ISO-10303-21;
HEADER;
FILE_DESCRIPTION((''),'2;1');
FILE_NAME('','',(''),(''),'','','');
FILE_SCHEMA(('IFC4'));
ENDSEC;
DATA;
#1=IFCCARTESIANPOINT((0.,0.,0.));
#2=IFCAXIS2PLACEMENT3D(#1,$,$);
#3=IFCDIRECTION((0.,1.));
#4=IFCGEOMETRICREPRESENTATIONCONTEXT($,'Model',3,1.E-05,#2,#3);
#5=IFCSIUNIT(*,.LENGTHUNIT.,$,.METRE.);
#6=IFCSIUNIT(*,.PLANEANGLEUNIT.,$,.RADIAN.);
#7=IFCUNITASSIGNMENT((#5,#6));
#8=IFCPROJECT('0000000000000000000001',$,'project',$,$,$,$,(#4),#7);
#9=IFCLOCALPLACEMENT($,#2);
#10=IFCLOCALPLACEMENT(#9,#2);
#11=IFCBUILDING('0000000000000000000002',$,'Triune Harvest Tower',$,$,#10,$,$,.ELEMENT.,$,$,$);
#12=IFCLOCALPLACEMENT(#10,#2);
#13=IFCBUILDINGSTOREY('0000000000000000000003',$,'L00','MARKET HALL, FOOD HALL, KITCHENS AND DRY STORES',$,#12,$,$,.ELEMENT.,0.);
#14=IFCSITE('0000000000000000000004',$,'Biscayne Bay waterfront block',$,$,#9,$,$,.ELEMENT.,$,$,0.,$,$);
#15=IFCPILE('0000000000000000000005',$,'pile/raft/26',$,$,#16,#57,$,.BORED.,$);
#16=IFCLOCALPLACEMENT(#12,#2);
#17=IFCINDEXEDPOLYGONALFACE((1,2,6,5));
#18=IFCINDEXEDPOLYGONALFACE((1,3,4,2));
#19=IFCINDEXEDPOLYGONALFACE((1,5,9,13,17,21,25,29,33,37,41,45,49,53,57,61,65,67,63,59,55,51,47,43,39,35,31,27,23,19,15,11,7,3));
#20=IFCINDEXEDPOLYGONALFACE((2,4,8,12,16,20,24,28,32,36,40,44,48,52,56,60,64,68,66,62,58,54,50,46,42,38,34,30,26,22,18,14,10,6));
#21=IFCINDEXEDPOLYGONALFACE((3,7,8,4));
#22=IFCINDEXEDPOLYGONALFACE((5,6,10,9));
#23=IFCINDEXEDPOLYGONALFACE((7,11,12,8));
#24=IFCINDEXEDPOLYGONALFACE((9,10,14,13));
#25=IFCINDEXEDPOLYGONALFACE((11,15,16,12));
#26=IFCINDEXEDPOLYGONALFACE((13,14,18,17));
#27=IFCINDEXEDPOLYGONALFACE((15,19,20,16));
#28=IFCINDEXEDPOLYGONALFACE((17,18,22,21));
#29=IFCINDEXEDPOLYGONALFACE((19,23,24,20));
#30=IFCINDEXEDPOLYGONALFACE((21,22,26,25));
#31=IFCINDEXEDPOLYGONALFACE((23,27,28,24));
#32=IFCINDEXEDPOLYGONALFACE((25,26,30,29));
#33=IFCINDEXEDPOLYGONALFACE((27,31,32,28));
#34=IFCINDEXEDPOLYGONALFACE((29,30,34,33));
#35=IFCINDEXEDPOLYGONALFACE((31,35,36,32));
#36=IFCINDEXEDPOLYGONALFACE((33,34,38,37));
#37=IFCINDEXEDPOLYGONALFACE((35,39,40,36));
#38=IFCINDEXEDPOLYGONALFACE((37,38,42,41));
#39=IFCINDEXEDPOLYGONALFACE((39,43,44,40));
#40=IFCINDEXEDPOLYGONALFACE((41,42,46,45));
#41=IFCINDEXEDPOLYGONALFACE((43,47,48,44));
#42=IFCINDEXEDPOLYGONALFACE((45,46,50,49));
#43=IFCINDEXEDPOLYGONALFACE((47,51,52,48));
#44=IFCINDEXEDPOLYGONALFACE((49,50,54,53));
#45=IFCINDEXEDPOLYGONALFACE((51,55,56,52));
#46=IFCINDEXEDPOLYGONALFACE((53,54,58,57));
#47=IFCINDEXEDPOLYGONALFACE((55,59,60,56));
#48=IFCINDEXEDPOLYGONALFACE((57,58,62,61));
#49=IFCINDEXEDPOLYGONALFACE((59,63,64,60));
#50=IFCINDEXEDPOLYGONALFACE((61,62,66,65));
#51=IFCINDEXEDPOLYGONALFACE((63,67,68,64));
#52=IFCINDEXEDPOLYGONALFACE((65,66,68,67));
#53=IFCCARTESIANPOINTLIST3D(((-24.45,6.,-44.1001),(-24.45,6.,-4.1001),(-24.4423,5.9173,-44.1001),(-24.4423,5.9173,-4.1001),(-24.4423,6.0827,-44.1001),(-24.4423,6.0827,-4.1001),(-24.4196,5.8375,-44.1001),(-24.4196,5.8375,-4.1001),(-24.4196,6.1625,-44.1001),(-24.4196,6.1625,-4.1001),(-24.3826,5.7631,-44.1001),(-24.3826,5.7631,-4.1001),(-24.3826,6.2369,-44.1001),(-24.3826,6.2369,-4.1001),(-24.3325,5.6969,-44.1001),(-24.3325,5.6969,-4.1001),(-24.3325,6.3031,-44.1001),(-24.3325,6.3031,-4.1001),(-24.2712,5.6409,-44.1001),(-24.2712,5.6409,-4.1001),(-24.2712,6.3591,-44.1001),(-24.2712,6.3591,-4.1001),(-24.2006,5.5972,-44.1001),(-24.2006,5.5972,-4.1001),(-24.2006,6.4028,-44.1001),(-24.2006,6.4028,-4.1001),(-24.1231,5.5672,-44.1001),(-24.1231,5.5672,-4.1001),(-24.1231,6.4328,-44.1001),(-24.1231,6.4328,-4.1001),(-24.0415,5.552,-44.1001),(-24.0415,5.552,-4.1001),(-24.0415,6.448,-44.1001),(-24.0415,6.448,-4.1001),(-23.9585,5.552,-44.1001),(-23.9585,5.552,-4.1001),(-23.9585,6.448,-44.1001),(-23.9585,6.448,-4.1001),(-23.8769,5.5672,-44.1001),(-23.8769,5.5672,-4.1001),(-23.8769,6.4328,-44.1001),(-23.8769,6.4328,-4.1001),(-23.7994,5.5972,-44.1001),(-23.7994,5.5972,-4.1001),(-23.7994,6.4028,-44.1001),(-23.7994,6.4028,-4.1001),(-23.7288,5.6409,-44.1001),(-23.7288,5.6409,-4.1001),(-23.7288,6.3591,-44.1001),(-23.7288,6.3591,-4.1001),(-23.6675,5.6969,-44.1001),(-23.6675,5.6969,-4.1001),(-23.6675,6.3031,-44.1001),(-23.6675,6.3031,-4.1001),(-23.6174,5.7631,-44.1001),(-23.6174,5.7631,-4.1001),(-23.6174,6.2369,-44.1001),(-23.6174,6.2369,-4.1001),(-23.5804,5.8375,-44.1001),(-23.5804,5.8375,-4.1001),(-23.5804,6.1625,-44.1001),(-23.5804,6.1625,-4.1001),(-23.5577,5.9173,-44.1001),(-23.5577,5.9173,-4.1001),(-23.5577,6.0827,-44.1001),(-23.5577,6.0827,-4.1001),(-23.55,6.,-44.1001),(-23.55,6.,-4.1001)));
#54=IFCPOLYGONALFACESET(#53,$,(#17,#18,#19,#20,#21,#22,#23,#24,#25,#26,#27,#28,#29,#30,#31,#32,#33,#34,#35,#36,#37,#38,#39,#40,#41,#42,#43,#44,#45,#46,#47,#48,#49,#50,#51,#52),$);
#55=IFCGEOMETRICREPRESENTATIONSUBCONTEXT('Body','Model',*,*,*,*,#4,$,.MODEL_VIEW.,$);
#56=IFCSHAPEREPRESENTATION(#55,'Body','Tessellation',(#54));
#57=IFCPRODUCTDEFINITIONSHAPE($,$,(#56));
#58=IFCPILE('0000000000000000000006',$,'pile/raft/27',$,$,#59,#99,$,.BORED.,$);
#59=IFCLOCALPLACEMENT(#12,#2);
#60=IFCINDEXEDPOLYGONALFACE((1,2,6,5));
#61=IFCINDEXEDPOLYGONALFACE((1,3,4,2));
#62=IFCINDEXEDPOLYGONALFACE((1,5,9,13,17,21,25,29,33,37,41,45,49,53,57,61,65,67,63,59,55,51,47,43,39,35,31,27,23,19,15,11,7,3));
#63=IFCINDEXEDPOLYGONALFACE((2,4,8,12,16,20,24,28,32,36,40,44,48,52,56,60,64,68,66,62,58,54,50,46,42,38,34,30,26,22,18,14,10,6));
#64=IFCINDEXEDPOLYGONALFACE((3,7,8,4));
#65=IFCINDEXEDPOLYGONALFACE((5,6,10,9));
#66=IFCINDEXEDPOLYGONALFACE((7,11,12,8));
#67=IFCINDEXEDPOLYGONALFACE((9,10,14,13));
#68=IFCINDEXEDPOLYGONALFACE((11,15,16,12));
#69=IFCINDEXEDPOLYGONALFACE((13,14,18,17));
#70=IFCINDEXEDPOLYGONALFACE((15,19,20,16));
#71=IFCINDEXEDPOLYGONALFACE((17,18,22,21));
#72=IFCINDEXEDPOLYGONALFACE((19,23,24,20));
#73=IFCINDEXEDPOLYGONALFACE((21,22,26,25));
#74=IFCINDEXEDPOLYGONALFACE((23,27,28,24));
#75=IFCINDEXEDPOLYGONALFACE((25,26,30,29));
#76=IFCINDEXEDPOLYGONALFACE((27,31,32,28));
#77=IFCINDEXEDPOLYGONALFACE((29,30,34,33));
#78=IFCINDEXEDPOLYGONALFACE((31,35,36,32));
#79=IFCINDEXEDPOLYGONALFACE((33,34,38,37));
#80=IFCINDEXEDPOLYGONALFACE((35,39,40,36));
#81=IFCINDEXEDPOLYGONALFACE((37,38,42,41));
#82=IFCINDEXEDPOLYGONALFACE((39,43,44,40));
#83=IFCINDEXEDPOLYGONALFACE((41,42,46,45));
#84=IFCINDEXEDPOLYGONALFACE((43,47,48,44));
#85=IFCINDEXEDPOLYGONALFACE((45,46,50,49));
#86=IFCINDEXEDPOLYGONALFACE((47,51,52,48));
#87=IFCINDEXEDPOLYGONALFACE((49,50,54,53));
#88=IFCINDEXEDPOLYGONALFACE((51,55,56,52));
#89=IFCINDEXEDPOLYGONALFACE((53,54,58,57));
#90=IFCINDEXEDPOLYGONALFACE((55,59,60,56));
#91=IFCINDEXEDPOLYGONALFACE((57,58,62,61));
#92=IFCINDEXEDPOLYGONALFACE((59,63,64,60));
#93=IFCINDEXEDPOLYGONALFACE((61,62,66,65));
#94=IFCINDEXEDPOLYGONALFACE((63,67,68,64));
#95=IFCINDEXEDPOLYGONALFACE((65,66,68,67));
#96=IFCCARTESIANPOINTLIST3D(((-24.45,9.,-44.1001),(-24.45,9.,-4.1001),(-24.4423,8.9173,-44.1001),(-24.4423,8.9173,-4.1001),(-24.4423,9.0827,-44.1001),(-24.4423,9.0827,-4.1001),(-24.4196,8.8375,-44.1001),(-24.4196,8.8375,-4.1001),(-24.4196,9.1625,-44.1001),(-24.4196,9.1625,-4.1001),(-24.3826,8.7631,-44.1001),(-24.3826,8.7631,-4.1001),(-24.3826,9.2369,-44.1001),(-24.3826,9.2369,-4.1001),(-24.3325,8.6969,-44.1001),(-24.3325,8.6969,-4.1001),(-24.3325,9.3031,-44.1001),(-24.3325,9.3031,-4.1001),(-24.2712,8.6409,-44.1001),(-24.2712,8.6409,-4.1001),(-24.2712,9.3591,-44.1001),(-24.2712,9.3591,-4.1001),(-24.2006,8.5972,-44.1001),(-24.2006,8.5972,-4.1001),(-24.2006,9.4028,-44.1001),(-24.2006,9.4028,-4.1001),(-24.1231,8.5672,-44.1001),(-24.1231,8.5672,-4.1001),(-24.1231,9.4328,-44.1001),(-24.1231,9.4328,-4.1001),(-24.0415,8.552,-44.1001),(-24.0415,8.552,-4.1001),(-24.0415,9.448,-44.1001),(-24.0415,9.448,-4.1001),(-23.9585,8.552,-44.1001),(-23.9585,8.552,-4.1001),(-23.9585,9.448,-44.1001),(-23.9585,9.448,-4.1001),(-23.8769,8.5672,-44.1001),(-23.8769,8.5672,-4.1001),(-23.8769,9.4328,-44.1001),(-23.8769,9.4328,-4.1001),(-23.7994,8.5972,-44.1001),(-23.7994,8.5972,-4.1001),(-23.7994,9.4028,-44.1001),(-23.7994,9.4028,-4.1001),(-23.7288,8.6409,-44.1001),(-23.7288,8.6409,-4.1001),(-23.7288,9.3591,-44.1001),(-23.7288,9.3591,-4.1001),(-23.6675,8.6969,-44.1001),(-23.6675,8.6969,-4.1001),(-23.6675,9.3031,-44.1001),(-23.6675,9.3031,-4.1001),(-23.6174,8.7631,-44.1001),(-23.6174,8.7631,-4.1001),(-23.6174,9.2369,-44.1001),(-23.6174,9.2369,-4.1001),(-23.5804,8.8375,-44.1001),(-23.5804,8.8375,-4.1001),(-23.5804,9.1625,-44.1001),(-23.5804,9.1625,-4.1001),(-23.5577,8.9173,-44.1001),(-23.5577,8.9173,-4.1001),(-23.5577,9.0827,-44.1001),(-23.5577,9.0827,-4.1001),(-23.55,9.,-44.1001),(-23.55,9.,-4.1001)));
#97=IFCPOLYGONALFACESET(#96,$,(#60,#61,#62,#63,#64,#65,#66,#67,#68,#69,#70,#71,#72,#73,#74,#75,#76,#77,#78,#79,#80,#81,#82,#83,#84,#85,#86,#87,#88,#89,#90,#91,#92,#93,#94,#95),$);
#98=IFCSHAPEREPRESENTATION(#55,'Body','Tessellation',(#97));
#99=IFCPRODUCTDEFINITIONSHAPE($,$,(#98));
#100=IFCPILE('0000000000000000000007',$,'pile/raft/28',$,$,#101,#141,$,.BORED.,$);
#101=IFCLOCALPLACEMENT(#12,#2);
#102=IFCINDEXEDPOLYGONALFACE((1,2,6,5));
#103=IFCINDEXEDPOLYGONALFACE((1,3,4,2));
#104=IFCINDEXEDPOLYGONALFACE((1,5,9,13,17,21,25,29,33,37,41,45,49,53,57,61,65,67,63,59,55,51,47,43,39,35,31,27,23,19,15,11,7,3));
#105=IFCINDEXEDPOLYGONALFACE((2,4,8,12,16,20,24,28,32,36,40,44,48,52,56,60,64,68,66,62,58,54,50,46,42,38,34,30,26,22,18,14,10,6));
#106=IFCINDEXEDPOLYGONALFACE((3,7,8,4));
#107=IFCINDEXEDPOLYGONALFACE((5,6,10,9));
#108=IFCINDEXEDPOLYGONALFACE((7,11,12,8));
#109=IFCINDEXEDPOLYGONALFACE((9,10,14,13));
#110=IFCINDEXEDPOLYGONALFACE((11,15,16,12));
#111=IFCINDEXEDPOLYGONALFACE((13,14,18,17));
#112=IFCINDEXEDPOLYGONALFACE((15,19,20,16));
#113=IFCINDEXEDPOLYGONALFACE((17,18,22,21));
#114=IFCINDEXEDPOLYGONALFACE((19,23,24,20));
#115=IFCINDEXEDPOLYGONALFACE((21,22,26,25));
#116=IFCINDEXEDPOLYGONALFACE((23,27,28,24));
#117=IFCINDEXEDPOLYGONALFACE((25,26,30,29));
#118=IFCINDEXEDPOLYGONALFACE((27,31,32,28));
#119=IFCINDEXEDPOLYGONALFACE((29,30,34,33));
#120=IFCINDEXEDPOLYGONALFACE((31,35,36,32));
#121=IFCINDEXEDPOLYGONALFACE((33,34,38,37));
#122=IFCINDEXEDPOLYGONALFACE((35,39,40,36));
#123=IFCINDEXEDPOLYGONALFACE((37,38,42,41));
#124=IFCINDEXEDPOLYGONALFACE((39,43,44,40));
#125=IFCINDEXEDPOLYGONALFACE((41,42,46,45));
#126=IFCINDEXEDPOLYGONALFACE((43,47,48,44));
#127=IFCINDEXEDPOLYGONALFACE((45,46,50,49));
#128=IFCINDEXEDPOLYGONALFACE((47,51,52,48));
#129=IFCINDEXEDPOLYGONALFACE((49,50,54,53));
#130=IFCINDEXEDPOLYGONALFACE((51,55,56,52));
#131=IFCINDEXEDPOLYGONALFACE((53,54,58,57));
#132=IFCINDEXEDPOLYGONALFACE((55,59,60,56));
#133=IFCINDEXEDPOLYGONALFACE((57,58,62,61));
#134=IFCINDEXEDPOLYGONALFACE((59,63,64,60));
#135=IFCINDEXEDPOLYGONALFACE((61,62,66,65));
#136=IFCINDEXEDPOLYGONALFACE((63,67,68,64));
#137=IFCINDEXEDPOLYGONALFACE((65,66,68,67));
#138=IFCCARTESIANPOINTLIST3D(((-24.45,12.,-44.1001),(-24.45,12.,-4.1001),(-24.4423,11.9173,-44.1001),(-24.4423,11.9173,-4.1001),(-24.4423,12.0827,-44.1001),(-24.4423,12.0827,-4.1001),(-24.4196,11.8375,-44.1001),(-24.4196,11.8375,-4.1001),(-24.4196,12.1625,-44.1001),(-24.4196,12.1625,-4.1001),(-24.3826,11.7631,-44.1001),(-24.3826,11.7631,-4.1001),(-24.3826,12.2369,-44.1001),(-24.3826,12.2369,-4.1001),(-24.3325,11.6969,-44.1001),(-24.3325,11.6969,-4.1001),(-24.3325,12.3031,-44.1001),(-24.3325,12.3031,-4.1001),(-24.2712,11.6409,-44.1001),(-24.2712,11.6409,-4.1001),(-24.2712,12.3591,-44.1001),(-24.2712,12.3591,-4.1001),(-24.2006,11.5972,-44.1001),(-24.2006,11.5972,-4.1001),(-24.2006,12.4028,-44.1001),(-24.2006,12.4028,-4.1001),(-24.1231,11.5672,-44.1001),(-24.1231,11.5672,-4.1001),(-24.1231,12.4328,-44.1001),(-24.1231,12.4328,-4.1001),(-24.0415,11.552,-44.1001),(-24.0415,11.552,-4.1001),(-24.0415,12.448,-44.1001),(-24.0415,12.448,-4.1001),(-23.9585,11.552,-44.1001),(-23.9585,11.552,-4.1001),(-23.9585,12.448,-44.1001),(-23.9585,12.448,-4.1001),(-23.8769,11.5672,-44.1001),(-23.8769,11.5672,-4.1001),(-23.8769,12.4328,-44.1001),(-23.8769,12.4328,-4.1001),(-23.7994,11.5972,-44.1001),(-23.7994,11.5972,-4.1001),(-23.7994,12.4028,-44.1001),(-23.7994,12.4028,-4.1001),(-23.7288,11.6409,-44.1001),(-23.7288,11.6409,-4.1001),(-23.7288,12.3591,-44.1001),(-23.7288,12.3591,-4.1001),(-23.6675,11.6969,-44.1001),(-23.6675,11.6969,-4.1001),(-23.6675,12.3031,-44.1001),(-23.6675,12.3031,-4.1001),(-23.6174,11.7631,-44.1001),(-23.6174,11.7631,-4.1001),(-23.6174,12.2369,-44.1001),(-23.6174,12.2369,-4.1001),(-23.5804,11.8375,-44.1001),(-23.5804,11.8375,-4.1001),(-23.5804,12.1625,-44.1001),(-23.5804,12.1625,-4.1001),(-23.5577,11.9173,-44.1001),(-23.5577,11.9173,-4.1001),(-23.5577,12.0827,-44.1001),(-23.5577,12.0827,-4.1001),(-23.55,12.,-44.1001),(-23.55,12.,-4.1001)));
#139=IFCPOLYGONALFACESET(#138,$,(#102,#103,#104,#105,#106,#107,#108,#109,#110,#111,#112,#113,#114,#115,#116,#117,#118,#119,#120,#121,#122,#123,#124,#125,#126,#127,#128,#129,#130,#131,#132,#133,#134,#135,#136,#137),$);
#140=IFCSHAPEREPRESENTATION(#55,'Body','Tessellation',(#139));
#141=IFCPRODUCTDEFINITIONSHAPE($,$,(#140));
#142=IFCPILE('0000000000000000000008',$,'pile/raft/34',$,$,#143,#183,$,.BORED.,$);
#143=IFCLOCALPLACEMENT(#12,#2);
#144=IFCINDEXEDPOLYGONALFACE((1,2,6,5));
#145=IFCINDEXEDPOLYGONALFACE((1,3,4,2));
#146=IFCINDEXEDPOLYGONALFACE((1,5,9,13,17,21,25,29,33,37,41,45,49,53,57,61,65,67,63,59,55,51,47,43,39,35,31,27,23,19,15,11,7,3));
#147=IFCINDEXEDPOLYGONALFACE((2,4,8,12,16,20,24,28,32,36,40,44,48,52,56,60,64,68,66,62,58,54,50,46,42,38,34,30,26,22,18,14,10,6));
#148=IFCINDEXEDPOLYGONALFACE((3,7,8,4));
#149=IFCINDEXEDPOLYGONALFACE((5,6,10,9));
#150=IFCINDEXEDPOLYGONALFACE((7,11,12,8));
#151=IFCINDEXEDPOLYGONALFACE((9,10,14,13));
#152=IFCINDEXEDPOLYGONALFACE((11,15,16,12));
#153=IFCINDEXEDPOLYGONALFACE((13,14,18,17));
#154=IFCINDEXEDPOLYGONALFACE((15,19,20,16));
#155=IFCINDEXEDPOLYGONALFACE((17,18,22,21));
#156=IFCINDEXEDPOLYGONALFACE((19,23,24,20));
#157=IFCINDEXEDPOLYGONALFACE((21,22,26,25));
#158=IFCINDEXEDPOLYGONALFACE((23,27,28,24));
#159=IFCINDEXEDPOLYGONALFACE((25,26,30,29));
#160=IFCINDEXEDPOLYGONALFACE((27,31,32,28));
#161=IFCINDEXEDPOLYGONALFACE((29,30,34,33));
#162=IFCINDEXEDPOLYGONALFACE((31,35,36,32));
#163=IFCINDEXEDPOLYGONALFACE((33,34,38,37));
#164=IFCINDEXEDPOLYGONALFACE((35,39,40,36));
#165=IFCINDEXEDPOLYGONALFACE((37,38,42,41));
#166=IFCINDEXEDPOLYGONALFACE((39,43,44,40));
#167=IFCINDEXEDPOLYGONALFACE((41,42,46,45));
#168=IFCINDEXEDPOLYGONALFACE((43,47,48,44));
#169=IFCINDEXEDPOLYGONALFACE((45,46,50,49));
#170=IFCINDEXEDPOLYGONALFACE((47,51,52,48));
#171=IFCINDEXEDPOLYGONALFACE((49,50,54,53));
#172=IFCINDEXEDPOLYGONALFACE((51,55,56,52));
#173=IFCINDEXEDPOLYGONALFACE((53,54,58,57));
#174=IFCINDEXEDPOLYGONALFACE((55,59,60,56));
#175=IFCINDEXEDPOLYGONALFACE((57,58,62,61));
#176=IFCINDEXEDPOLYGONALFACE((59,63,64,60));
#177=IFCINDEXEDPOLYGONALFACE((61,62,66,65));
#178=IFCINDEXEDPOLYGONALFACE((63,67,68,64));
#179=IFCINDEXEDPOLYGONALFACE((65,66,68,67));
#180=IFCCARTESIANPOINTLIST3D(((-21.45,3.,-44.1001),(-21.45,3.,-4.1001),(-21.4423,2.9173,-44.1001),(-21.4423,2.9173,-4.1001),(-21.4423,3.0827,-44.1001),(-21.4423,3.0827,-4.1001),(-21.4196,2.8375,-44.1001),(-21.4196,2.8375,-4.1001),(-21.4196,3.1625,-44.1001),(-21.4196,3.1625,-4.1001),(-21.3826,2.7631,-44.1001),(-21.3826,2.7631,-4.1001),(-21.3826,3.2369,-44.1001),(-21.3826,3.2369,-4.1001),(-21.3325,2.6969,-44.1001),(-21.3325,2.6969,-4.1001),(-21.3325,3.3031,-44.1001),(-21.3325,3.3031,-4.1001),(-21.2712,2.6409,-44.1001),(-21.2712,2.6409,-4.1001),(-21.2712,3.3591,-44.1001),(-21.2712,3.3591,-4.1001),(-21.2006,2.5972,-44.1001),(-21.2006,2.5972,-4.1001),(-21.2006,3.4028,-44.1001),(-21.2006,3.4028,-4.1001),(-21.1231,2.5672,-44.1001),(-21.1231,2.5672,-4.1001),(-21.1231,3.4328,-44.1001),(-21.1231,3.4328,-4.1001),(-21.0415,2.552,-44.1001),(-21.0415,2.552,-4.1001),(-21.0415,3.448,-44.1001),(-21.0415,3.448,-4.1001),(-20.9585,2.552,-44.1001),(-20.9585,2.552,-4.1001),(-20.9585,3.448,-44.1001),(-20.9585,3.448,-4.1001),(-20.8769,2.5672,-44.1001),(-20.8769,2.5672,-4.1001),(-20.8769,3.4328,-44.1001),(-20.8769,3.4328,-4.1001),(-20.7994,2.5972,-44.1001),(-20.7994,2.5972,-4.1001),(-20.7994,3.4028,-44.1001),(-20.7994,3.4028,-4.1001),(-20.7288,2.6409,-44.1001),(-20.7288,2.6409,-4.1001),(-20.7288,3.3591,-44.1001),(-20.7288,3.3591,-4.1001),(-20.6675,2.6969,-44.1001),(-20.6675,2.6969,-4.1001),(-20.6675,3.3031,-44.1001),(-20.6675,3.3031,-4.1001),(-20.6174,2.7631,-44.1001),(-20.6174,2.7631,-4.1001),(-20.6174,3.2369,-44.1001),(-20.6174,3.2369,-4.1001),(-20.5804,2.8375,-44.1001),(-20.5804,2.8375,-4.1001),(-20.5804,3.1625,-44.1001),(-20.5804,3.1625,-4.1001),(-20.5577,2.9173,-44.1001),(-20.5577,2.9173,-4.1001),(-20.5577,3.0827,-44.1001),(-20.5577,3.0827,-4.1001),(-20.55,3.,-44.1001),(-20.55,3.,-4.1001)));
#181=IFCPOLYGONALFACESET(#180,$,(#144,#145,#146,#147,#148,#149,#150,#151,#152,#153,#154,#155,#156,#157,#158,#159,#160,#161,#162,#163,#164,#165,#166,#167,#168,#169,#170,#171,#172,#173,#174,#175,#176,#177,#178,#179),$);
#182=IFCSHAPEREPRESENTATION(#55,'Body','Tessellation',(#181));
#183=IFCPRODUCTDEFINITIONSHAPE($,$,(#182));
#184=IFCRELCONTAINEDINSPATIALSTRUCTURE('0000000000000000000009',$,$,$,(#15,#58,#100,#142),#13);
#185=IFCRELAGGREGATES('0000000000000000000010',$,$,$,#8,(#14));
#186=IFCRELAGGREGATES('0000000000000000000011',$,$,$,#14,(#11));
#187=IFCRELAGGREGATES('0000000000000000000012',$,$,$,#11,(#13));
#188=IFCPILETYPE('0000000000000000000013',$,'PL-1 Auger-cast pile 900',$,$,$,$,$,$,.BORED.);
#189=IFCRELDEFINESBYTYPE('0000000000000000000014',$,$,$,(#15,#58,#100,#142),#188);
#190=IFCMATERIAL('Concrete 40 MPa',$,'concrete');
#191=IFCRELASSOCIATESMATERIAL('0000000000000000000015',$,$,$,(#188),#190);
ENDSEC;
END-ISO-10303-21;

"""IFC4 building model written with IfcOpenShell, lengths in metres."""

from ifc_helpers import new_model, si_unit, direction, frame, origin, origin_2d, place, context, subcontext, project, spatial, circle, extrude, source, transform, mapped, material, material_profile, profile_set, type_object, element, save


model = new_model("IFC4")

# Units and contexts
model_context = context("Model", 3, precision=1e-05, world=origin(), true_north=direction((0.0, 1.0)))
body_context = subcontext(model_context, "Body", "Model", "MODEL_VIEW")
ifc_project = project(units=[si_unit("LENGTHUNIT", "METRE"), si_unit("PLANEANGLEUNIT", "RADIAN")], contexts=[model_context])

# Site, building, storey
site_placement = place(None, origin())
site = spatial("IfcSite", under=ifc_project, at=site_placement, Name="Biscayne Bay waterfront block", CompositionType="ELEMENT", RefElevation=0.0)
building_placement = place(site_placement, origin())
building = spatial("IfcBuilding", under=site, at=building_placement, Name="Triune Harvest Tower", CompositionType="ELEMENT")
storey_placement = place(building_placement, origin())
storey = spatial("IfcBuildingStorey", under=building, at=storey_placement, Name="L00", Description="MARKET HALL, FOOD HALL, KITCHENS AND DRY STORES", CompositionType="ELEMENT", Elevation=0.0)

# Piles
ifc_material_1 = material(Name="Concrete 40 MPa", Category="concrete")
ifc_material_profile_1 = material_profile(ifc_material_1, circle(Radius=0.45, at=origin_2d()), Name="Bored 900")
ifc_profile_set_1 = profile_set([ifc_material_profile_1], Name="Concrete 40 MPa")
pile_type = type_object("IfcPileType", Name="PL-1 Auger-cast pile 900", PredefinedType="BORED", material=ifc_profile_set_1)
shared_shape_1 = source(origin(), body_context, "Body", "SweptSolid", [
    extrude(circle(Radius=0.45, at=origin_2d()), origin(), (0.0, 0.0, 1.0), 40.0),
])
for number, where, z_axis, x_axis, name in (
    (1, (-24.0, 6.0, -4.1001), (0.0, 0.0, -1.0), (1.0, 0.0, 0.0), "pile/raft/26"),
    (2, (-24.0, 9.0, -4.1001), (0.0, 0.0, -1.0), (1.0, 0.0, 0.0), "pile/raft/27"),
    (3, (-24.0, 12.0, -4.1001), (0.0, 0.0, -1.0), (1.0, 0.0, 0.0), "pile/raft/28"),
    (4, (-21.0, 3.0, -4.1001), (0.0, 0.0, -1.0), (1.0, 0.0, 0.0), "pile/raft/34"),
):
    element("IfcPile", number, at=place(storey_placement, frame(where, z_axis=z_axis, x_axis=x_axis)), inside=storey, type_object=pile_type, Name=name, PredefinedType="BORED", context=body_context, shape_type="MappedRepresentation", body=[
        mapped(shared_shape_1, transform((0.0, 0.0, 0.0), scale=1.0)),
    ])

save(model, "model.ifc")
